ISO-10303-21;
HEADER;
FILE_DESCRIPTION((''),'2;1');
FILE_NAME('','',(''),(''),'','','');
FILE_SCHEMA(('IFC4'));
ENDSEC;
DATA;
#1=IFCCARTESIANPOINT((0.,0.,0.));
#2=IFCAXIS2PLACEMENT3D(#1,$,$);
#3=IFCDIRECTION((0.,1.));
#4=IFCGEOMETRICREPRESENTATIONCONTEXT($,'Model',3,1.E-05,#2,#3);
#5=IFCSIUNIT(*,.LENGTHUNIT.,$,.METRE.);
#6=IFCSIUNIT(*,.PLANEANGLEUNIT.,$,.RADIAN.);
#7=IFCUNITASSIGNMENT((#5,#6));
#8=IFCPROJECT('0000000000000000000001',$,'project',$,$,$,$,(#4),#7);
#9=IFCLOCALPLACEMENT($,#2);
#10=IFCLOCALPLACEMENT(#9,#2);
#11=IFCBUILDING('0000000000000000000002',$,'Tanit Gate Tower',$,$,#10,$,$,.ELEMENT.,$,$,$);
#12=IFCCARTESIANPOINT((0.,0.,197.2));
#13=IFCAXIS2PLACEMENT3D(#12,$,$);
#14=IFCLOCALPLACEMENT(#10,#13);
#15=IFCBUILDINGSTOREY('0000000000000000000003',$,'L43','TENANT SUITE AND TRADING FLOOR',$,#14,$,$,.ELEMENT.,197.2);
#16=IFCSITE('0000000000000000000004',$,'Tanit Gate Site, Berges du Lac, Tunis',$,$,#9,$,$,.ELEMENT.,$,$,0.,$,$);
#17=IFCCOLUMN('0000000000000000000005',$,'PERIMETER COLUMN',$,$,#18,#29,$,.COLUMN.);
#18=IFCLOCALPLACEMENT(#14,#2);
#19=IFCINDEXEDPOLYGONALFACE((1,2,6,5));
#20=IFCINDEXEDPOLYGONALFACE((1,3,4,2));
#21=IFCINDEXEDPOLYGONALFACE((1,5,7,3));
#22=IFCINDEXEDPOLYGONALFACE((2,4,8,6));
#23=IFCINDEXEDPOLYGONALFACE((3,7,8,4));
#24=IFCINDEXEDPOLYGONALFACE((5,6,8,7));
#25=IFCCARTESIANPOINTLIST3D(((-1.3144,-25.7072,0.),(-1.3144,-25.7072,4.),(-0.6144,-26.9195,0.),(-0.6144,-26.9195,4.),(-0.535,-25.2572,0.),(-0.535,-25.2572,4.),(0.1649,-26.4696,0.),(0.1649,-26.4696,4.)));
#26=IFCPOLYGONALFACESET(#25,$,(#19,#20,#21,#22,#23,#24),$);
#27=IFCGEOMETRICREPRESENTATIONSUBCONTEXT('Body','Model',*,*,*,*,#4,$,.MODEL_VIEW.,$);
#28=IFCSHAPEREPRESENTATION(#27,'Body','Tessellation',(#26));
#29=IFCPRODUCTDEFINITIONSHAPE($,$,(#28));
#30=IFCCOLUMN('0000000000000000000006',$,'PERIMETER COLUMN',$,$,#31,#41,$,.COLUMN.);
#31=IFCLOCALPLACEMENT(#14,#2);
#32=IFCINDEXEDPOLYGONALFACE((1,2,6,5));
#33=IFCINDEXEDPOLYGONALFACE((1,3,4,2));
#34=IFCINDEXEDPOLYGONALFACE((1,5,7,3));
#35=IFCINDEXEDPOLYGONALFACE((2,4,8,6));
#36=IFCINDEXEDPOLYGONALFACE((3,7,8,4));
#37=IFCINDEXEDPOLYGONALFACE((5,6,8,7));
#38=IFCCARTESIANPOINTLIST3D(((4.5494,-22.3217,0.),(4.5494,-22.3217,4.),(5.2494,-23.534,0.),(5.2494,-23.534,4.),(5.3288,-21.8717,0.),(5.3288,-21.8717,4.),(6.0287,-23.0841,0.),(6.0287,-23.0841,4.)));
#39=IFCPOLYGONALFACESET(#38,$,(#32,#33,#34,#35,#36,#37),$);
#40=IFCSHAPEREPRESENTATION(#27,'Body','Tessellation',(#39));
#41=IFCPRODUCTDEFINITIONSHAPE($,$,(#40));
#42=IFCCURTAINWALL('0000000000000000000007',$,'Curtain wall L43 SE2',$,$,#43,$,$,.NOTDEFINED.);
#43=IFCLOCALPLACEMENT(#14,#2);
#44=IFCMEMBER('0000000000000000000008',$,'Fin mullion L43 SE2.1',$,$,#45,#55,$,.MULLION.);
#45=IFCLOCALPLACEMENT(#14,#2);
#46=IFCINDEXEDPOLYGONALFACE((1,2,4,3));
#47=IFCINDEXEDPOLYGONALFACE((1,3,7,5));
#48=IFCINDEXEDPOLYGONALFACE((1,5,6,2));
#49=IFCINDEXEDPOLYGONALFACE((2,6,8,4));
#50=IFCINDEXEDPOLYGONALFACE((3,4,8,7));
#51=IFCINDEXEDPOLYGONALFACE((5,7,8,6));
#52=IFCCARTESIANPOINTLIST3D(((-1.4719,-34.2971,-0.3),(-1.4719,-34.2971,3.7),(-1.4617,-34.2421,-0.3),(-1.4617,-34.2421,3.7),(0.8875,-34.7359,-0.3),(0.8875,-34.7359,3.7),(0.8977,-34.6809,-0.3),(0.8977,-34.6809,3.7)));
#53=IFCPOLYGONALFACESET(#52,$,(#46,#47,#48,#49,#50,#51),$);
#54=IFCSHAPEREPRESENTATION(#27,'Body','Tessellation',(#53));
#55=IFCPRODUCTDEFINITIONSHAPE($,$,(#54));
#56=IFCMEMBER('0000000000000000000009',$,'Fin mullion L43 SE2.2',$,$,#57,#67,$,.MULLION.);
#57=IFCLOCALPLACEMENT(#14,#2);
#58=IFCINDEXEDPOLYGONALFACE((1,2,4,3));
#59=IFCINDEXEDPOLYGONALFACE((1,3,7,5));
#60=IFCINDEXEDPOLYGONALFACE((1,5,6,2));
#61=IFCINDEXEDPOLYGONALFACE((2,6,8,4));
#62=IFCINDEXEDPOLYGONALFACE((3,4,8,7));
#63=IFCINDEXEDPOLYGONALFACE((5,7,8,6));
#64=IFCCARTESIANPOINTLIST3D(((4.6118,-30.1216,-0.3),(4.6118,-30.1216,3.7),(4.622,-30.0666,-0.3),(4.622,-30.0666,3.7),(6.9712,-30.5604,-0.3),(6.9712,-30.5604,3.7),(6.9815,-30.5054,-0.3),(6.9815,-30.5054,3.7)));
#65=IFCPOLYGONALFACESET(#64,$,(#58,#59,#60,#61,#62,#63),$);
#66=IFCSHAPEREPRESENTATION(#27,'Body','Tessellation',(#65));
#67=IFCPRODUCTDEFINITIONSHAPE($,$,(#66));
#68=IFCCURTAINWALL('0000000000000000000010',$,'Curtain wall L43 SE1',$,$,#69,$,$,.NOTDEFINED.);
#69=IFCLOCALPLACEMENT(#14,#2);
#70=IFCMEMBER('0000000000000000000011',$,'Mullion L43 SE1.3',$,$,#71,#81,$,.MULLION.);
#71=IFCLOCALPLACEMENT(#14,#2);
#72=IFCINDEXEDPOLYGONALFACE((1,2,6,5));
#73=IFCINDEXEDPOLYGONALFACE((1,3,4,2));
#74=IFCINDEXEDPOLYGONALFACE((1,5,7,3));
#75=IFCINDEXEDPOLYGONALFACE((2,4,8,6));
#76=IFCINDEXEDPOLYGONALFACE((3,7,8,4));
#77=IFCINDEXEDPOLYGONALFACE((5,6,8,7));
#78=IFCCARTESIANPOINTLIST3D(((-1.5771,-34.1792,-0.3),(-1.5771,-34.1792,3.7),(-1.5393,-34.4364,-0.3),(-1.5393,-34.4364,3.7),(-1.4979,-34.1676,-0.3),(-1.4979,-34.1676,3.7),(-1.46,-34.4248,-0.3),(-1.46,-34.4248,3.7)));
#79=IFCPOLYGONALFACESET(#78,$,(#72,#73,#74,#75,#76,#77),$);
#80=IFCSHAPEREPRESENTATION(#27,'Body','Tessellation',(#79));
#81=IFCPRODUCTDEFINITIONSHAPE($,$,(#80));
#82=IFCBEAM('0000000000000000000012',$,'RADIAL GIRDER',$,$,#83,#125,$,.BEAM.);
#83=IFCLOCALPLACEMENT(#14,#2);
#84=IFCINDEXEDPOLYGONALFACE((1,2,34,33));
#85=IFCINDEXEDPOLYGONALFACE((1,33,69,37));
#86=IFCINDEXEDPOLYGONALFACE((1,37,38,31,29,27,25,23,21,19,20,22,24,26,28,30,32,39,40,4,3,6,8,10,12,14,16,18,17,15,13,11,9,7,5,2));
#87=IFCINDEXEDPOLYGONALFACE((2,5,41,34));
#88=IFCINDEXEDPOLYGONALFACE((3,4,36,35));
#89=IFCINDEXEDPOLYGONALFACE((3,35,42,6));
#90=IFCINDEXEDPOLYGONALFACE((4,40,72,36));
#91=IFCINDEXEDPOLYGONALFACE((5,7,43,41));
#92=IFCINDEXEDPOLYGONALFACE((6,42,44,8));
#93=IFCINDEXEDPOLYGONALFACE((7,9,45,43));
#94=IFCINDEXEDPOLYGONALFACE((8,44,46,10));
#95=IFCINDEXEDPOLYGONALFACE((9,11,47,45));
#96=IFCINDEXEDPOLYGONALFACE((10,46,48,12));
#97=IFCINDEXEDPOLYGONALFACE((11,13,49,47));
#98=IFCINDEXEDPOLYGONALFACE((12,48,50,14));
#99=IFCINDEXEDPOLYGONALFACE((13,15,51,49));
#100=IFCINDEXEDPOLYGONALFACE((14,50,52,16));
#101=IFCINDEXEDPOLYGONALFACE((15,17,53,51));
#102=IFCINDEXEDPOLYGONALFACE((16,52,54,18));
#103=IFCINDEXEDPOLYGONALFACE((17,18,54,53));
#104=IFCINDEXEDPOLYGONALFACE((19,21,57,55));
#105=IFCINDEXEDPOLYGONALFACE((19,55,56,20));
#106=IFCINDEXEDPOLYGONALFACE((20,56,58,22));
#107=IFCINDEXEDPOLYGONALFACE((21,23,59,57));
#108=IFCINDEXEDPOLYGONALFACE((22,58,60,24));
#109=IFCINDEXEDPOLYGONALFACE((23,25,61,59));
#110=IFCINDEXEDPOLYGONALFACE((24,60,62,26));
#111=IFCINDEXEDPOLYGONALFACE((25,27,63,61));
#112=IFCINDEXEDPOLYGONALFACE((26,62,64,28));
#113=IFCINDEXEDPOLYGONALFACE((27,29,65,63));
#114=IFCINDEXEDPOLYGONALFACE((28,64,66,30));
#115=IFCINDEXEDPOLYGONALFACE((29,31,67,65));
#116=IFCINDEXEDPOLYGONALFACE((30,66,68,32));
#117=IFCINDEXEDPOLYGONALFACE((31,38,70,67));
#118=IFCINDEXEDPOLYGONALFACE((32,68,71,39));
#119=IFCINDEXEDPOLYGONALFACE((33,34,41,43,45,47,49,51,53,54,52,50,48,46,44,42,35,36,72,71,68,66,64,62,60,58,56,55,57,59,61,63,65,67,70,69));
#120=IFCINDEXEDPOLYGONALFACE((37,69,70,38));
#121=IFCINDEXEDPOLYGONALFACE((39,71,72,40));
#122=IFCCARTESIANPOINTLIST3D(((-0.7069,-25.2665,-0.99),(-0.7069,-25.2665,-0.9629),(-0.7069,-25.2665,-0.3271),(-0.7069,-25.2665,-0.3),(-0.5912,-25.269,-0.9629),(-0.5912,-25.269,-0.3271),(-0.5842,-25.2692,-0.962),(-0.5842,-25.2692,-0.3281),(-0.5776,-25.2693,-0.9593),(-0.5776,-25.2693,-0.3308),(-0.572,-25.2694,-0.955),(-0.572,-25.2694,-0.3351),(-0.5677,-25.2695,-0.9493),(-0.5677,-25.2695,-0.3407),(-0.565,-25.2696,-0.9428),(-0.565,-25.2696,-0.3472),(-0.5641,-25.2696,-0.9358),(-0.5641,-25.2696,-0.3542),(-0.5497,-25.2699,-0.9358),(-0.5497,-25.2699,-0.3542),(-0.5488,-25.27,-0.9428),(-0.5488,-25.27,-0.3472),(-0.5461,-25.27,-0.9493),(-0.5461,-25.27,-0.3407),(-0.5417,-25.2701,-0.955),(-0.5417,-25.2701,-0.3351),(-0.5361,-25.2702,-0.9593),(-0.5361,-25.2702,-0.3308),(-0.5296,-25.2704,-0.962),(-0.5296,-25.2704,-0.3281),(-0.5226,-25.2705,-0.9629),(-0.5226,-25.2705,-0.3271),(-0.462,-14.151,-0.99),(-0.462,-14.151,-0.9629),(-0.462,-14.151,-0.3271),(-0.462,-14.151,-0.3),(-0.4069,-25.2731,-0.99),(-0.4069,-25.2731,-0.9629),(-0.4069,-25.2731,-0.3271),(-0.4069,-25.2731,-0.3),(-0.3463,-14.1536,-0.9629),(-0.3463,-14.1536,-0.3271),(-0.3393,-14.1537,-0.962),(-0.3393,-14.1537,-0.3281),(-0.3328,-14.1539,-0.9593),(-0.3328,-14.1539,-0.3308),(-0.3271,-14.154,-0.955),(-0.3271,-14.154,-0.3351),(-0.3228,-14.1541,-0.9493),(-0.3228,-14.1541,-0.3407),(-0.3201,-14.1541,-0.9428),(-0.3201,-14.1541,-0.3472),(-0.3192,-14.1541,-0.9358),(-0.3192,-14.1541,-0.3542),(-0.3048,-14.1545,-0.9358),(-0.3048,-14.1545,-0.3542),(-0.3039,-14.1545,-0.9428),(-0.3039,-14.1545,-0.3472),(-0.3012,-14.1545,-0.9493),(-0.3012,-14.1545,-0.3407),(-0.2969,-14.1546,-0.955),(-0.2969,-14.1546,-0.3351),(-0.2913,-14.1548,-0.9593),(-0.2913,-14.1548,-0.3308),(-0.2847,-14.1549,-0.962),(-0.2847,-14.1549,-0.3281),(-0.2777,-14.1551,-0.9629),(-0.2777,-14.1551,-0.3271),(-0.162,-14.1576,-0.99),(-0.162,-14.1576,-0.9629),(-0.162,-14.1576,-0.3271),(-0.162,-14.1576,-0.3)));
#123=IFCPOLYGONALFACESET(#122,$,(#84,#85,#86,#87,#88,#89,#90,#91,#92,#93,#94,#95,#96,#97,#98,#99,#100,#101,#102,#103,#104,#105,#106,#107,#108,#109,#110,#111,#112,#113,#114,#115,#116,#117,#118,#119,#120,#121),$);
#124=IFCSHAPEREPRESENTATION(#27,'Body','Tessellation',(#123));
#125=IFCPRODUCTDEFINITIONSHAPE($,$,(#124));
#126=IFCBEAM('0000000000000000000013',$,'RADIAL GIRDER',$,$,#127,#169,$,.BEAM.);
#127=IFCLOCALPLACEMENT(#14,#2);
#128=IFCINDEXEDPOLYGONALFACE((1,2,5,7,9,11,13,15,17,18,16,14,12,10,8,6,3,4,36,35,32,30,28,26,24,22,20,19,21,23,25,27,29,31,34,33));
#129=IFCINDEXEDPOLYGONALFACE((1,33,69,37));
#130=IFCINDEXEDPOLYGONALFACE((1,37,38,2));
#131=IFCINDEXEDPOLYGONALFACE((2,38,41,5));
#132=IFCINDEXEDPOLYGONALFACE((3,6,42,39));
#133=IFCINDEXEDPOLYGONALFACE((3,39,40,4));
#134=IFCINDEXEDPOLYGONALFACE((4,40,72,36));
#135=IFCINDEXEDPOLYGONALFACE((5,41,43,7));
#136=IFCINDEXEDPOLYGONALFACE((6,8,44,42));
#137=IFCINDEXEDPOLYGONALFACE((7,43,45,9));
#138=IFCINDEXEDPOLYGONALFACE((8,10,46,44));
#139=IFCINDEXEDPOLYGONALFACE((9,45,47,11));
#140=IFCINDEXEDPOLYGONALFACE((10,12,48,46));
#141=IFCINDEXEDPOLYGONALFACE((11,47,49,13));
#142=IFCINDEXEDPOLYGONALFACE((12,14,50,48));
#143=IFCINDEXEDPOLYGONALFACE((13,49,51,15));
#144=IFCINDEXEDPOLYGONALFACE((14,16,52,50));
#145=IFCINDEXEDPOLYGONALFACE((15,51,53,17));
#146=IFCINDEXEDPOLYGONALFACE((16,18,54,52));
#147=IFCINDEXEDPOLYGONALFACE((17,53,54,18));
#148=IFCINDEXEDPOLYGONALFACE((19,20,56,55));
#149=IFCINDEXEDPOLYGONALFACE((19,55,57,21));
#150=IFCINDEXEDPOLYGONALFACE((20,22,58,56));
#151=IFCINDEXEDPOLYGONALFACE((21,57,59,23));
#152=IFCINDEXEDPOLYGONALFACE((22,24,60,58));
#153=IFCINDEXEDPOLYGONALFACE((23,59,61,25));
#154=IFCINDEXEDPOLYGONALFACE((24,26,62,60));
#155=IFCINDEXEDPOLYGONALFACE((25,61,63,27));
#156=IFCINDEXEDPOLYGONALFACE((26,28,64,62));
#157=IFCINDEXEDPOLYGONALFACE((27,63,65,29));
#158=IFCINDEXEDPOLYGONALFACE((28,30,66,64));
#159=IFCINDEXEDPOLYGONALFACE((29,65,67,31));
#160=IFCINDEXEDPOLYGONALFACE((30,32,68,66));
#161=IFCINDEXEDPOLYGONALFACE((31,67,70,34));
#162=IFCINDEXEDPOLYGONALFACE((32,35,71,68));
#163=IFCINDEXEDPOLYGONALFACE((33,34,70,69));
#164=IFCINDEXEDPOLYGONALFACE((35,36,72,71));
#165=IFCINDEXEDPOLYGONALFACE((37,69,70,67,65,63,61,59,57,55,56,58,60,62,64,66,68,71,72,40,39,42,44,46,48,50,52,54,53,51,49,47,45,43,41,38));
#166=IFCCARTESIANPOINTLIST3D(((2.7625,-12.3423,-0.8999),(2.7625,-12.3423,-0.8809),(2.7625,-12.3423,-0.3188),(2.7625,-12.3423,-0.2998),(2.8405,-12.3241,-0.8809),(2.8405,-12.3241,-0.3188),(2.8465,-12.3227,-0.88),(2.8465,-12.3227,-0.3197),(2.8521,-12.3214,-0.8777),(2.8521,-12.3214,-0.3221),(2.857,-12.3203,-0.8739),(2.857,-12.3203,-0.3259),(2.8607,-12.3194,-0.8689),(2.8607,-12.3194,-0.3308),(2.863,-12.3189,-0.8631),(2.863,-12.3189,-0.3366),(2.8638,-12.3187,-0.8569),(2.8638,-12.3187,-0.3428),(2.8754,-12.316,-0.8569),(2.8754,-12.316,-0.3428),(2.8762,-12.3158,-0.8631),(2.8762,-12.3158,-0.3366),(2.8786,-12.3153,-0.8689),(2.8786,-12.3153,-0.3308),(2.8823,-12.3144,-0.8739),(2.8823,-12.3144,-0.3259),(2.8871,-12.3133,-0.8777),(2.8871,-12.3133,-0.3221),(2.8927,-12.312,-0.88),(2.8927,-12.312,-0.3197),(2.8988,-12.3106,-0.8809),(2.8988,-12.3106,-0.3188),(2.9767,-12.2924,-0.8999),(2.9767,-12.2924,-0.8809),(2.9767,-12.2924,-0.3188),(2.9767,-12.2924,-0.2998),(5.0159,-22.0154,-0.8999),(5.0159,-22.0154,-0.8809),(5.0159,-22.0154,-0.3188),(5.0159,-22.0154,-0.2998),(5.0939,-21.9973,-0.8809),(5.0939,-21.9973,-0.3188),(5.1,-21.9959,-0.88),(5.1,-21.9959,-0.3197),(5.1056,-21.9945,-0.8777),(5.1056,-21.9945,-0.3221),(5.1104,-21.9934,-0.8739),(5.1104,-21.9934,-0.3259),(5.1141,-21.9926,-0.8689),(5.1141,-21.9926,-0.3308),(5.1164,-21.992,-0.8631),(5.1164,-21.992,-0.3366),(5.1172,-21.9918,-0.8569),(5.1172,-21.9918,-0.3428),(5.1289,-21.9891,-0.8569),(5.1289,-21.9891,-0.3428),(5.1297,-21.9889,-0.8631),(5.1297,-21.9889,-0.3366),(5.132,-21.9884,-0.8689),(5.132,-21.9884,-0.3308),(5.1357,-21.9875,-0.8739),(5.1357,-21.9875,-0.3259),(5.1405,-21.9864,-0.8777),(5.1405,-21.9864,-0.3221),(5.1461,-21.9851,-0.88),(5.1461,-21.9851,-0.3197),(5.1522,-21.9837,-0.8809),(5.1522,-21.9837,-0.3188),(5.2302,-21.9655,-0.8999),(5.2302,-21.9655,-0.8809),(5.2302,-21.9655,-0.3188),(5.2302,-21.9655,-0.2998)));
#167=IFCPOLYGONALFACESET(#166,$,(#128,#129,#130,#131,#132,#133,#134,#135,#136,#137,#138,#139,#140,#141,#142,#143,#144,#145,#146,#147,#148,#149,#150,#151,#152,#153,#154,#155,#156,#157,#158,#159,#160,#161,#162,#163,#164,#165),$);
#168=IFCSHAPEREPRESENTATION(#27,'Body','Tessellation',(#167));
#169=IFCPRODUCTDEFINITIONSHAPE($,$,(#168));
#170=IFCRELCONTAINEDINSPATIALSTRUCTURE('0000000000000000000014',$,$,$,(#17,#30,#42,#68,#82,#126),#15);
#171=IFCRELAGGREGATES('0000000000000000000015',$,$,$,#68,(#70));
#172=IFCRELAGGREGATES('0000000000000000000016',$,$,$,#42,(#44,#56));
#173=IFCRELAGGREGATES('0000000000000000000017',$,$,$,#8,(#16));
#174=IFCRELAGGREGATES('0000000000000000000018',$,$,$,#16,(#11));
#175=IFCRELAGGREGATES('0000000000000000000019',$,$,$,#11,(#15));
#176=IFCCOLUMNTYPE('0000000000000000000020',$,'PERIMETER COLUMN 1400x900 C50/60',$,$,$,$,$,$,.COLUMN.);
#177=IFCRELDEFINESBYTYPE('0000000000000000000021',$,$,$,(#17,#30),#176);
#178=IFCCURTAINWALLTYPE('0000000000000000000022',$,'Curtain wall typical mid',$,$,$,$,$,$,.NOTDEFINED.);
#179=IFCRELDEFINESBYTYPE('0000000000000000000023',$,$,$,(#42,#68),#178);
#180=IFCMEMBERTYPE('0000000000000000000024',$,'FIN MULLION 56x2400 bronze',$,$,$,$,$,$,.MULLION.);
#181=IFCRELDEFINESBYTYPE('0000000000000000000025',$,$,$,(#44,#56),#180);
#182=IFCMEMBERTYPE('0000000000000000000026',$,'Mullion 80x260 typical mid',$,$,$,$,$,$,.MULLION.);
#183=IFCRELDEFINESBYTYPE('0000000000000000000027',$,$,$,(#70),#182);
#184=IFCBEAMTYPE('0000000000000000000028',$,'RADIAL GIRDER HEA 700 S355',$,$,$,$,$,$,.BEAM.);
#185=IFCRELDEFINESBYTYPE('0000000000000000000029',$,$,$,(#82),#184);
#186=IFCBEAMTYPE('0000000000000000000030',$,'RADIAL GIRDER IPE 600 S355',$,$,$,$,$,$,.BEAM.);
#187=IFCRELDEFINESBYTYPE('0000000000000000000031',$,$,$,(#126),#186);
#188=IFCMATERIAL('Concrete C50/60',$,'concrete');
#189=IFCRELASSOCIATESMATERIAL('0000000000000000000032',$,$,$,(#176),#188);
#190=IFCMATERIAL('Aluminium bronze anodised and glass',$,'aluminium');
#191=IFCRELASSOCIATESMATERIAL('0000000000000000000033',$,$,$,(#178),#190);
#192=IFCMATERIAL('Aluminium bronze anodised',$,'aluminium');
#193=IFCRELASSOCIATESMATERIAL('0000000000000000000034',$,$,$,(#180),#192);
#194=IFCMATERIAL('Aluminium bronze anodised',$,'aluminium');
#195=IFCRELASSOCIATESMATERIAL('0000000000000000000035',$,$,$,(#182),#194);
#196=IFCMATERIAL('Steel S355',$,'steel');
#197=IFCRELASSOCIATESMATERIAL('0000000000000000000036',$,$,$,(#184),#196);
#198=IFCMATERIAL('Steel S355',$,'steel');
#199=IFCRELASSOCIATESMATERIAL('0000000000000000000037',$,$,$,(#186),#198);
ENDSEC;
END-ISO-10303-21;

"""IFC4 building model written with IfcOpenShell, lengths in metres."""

from ifc_helpers import new_model, si_unit, direction, frame, origin, origin_2d, place, context, subcontext, project, spatial, rectangle, i_section, extrude, material, material_profile, profile_set, type_object, element, aggregate, save


model = new_model("IFC4")

# Units and contexts
model_context = context("Model", 3, precision=1e-05, world=origin(), true_north=direction((0.0, 1.0)))
body_context = subcontext(model_context, "Body", "Model", "MODEL_VIEW")
ifc_project = project(units=[si_unit("LENGTHUNIT", "METRE"), si_unit("PLANEANGLEUNIT", "RADIAN")], contexts=[model_context])

# Site, building, storey
site_placement = place(None, origin())
site = spatial("IfcSite", under=ifc_project, at=site_placement, Name="Tanit Gate Site, Berges du Lac, Tunis", CompositionType="ELEMENT", RefElevation=0.0)
building_placement = place(site_placement, origin())
building = spatial("IfcBuilding", under=site, at=building_placement, Name="Tanit Gate Tower", CompositionType="ELEMENT")
storey_placement = place(building_placement, frame((0.0, 0.0, 197.2)))
storey = spatial("IfcBuildingStorey", under=building, at=storey_placement, Name="L43", Description="TENANT SUITE AND TRADING FLOOR", CompositionType="ELEMENT", Elevation=197.2)

# Columns
ifc_material_1 = material(Name="Concrete C50/60", Category="concrete")
ifc_material_profile_1 = material_profile(ifc_material_1, rectangle(XDim=1.3999, YDim=0.8999, at=origin_2d()), Name="RC 1400x900")
ifc_profile_set_1 = profile_set([ifc_material_profile_1], Name="Concrete C50/60")
column_type = type_object("IfcColumnType", Name="PERIMETER COLUMN 1400x900 C50/60", PredefinedType="COLUMN", material=ifc_profile_set_1)
for number, where, z_axis, x_axis, name in (
    (1, (-0.5747, -26.0884, 0.0), (0.0, 0.0, 1.0), (0.5, -0.866025, 0.0), "PERIMETER COLUMN"),
    (2, (5.2891, -22.7029, 0.0), (0.0, 0.0, 1.0), (0.5, -0.866025, 0.0), "PERIMETER COLUMN"),
):
    element("IfcColumn", number, at=place(storey_placement, frame(where, z_axis=z_axis, x_axis=x_axis)), inside=storey, type_object=column_type, Name=name, PredefinedType="COLUMN", context=body_context, shape_type="SweptSolid", body=[
        extrude(rectangle(XDim=1.3999, YDim=0.8999, at=origin_2d()), origin(), (0.0, 0.0, 1.0), 4.0),
    ])

# Curtain wall, members
ifc_material_2 = material(Name="Aluminium bronze anodised and glass", Category="aluminium")
curtain_wall_type = type_object("IfcCurtainWallType", Name="Curtain wall typical mid", PredefinedType="NOTDEFINED", material=ifc_material_2)
curtain_wall_1_placement = place(storey_placement, origin())
curtain_wall_1 = element("IfcCurtainWall", 3, at=curtain_wall_1_placement, inside=storey, type_object=curtain_wall_type, Name="Curtain wall L43 SE2", PredefinedType="NOTDEFINED")
ifc_material_3 = material(Name="Aluminium bronze anodised", Category="aluminium")
ifc_material_profile_2 = material_profile(ifc_material_3, rectangle(XDim=2.3999, YDim=0.0559, at=origin_2d()), Name="56x2400 bronze fin mullion")
ifc_profile_set_2 = profile_set([ifc_material_profile_2], Name="Aluminium bronze anodised")
member_type_1 = type_object("IfcMemberType", Name="FIN MULLION 56x2400 bronze", PredefinedType="MULLION", material=ifc_profile_set_2)
member_1_placement = place(storey_placement, frame((-0.2871, -34.489, -0.3), z_axis=(0.0, 0.0, 1.0), x_axis=(-0.983141, 0.182847, 0.0)))
member_1 = element("IfcMember", 4, at=member_1_placement, type_object=member_type_1, Name="Fin mullion L43 SE2.1", PredefinedType="MULLION", context=body_context, shape_type="SweptSolid", body=[
    extrude(rectangle(XDim=2.3999, YDim=0.0559, at=origin_2d()), origin(), (0.0, 0.0, 1.0), 4.0),
])
member_2_placement = place(storey_placement, frame((5.7966, -30.3135, -0.3), z_axis=(0.0, 0.0, 1.0), x_axis=(-0.983141, 0.182847, 0.0)))
member_2 = element("IfcMember", 5, at=member_2_placement, type_object=member_type_1, Name="Fin mullion L43 SE2.2", PredefinedType="MULLION", context=body_context, shape_type="SweptSolid", body=[
    extrude(rectangle(XDim=2.3999, YDim=0.0559, at=origin_2d()), origin(), (0.0, 0.0, 1.0), 4.0),
])

# Curtain wall, member
curtain_wall_2_placement = place(storey_placement, origin())
curtain_wall_2 = element("IfcCurtainWall", 6, at=curtain_wall_2_placement, inside=storey, type_object=curtain_wall_type, Name="Curtain wall L43 SE1", PredefinedType="NOTDEFINED")
ifc_material_4 = material(Name="Aluminium bronze anodised", Category="aluminium")
ifc_material_profile_3 = material_profile(ifc_material_4, rectangle(XDim=0.26, YDim=0.0801, at=origin_2d()), Name="80x260 bronze mullion")
ifc_profile_set_3 = profile_set([ifc_material_profile_3], Name="Aluminium bronze anodised")
member_type_2 = type_object("IfcMemberType", Name="Mullion 80x260 typical mid", PredefinedType="MULLION", material=ifc_profile_set_3)
member_3_placement = place(storey_placement, frame((-1.5186, -34.302, -0.3), z_axis=(0.0, 0.0, 1.0), x_axis=(-0.145486, 0.98936, 0.0)))
member_3 = element("IfcMember", 7, at=member_3_placement, type_object=member_type_2, Name="Mullion L43 SE1.3", PredefinedType="MULLION", context=body_context, shape_type="SweptSolid", body=[
    extrude(rectangle(XDim=0.26, YDim=0.0801, at=origin_2d()), origin(), (0.0, 0.0, 1.0), 4.0),
])
aggregate(curtain_wall_2, [member_3])

# Beams
ifc_material_5 = material(Name="Steel S355", Category="steel")
ifc_material_profile_4 = material_profile(ifc_material_5, i_section(OverallWidth=0.3, OverallDepth=0.6899, WebThickness=0.0144, FlangeThickness=0.0271, FilletRadius=0.0271, at=origin_2d()), Name="HEA 700")
ifc_profile_set_4 = profile_set([ifc_material_profile_4], Name="Steel S355")
beam_type_1 = type_object("IfcBeamType", Name="RADIAL GIRDER HEA 700 S355", PredefinedType="BEAM", material=ifc_profile_set_4)
beam_1_placement = place(storey_placement, frame((-0.5569, -25.2698, -0.645), z_axis=(0.022025, 0.999757, 0.0), x_axis=(-0.999757, 0.022025, 0.0)))
element("IfcBeam", 8, at=beam_1_placement, inside=storey, type_object=beam_type_1, Name="RADIAL GIRDER", PredefinedType="BEAM", context=body_context, shape_type="SweptSolid", body=[
    extrude(i_section(OverallWidth=0.3, OverallDepth=0.6899, WebThickness=0.0144, FlangeThickness=0.0271, FilletRadius=0.0271, at=origin_2d()), origin(), (0.0, 0.0, 1.0), 11.1182),
])
ifc_material_6 = material(Name="Steel S355", Category="steel")
ifc_material_profile_5 = material_profile(ifc_material_6, i_section(OverallWidth=0.22, OverallDepth=0.6001, WebThickness=0.012, FlangeThickness=0.019, FilletRadius=0.0239, at=origin_2d()), Name="IPE 600")
ifc_profile_set_5 = profile_set([ifc_material_profile_5], Name="Steel S355")
beam_type_2 = type_object("IfcBeamType", Name="RADIAL GIRDER IPE 600 S355", PredefinedType="BEAM", material=ifc_profile_set_5)
beam_2_placement = place(storey_placement, frame((5.123, -21.9905, -0.5999), z_axis=(-0.226882, 0.973922, 0.0), x_axis=(-0.973922, -0.226882, 0.0)))
element("IfcBeam", 9, at=beam_2_placement, inside=storey, type_object=beam_type_2, Name="RADIAL GIRDER", PredefinedType="BEAM", context=body_context, shape_type="SweptSolid", body=[
    extrude(i_section(OverallWidth=0.22, OverallDepth=0.6001, WebThickness=0.012, FlangeThickness=0.019, FilletRadius=0.0239, at=origin_2d()), origin(), (0.0, 0.0, 1.0), 9.9321),
])

aggregate(curtain_wall_1, [member_1, member_2])

save(model, "model.ifc")
